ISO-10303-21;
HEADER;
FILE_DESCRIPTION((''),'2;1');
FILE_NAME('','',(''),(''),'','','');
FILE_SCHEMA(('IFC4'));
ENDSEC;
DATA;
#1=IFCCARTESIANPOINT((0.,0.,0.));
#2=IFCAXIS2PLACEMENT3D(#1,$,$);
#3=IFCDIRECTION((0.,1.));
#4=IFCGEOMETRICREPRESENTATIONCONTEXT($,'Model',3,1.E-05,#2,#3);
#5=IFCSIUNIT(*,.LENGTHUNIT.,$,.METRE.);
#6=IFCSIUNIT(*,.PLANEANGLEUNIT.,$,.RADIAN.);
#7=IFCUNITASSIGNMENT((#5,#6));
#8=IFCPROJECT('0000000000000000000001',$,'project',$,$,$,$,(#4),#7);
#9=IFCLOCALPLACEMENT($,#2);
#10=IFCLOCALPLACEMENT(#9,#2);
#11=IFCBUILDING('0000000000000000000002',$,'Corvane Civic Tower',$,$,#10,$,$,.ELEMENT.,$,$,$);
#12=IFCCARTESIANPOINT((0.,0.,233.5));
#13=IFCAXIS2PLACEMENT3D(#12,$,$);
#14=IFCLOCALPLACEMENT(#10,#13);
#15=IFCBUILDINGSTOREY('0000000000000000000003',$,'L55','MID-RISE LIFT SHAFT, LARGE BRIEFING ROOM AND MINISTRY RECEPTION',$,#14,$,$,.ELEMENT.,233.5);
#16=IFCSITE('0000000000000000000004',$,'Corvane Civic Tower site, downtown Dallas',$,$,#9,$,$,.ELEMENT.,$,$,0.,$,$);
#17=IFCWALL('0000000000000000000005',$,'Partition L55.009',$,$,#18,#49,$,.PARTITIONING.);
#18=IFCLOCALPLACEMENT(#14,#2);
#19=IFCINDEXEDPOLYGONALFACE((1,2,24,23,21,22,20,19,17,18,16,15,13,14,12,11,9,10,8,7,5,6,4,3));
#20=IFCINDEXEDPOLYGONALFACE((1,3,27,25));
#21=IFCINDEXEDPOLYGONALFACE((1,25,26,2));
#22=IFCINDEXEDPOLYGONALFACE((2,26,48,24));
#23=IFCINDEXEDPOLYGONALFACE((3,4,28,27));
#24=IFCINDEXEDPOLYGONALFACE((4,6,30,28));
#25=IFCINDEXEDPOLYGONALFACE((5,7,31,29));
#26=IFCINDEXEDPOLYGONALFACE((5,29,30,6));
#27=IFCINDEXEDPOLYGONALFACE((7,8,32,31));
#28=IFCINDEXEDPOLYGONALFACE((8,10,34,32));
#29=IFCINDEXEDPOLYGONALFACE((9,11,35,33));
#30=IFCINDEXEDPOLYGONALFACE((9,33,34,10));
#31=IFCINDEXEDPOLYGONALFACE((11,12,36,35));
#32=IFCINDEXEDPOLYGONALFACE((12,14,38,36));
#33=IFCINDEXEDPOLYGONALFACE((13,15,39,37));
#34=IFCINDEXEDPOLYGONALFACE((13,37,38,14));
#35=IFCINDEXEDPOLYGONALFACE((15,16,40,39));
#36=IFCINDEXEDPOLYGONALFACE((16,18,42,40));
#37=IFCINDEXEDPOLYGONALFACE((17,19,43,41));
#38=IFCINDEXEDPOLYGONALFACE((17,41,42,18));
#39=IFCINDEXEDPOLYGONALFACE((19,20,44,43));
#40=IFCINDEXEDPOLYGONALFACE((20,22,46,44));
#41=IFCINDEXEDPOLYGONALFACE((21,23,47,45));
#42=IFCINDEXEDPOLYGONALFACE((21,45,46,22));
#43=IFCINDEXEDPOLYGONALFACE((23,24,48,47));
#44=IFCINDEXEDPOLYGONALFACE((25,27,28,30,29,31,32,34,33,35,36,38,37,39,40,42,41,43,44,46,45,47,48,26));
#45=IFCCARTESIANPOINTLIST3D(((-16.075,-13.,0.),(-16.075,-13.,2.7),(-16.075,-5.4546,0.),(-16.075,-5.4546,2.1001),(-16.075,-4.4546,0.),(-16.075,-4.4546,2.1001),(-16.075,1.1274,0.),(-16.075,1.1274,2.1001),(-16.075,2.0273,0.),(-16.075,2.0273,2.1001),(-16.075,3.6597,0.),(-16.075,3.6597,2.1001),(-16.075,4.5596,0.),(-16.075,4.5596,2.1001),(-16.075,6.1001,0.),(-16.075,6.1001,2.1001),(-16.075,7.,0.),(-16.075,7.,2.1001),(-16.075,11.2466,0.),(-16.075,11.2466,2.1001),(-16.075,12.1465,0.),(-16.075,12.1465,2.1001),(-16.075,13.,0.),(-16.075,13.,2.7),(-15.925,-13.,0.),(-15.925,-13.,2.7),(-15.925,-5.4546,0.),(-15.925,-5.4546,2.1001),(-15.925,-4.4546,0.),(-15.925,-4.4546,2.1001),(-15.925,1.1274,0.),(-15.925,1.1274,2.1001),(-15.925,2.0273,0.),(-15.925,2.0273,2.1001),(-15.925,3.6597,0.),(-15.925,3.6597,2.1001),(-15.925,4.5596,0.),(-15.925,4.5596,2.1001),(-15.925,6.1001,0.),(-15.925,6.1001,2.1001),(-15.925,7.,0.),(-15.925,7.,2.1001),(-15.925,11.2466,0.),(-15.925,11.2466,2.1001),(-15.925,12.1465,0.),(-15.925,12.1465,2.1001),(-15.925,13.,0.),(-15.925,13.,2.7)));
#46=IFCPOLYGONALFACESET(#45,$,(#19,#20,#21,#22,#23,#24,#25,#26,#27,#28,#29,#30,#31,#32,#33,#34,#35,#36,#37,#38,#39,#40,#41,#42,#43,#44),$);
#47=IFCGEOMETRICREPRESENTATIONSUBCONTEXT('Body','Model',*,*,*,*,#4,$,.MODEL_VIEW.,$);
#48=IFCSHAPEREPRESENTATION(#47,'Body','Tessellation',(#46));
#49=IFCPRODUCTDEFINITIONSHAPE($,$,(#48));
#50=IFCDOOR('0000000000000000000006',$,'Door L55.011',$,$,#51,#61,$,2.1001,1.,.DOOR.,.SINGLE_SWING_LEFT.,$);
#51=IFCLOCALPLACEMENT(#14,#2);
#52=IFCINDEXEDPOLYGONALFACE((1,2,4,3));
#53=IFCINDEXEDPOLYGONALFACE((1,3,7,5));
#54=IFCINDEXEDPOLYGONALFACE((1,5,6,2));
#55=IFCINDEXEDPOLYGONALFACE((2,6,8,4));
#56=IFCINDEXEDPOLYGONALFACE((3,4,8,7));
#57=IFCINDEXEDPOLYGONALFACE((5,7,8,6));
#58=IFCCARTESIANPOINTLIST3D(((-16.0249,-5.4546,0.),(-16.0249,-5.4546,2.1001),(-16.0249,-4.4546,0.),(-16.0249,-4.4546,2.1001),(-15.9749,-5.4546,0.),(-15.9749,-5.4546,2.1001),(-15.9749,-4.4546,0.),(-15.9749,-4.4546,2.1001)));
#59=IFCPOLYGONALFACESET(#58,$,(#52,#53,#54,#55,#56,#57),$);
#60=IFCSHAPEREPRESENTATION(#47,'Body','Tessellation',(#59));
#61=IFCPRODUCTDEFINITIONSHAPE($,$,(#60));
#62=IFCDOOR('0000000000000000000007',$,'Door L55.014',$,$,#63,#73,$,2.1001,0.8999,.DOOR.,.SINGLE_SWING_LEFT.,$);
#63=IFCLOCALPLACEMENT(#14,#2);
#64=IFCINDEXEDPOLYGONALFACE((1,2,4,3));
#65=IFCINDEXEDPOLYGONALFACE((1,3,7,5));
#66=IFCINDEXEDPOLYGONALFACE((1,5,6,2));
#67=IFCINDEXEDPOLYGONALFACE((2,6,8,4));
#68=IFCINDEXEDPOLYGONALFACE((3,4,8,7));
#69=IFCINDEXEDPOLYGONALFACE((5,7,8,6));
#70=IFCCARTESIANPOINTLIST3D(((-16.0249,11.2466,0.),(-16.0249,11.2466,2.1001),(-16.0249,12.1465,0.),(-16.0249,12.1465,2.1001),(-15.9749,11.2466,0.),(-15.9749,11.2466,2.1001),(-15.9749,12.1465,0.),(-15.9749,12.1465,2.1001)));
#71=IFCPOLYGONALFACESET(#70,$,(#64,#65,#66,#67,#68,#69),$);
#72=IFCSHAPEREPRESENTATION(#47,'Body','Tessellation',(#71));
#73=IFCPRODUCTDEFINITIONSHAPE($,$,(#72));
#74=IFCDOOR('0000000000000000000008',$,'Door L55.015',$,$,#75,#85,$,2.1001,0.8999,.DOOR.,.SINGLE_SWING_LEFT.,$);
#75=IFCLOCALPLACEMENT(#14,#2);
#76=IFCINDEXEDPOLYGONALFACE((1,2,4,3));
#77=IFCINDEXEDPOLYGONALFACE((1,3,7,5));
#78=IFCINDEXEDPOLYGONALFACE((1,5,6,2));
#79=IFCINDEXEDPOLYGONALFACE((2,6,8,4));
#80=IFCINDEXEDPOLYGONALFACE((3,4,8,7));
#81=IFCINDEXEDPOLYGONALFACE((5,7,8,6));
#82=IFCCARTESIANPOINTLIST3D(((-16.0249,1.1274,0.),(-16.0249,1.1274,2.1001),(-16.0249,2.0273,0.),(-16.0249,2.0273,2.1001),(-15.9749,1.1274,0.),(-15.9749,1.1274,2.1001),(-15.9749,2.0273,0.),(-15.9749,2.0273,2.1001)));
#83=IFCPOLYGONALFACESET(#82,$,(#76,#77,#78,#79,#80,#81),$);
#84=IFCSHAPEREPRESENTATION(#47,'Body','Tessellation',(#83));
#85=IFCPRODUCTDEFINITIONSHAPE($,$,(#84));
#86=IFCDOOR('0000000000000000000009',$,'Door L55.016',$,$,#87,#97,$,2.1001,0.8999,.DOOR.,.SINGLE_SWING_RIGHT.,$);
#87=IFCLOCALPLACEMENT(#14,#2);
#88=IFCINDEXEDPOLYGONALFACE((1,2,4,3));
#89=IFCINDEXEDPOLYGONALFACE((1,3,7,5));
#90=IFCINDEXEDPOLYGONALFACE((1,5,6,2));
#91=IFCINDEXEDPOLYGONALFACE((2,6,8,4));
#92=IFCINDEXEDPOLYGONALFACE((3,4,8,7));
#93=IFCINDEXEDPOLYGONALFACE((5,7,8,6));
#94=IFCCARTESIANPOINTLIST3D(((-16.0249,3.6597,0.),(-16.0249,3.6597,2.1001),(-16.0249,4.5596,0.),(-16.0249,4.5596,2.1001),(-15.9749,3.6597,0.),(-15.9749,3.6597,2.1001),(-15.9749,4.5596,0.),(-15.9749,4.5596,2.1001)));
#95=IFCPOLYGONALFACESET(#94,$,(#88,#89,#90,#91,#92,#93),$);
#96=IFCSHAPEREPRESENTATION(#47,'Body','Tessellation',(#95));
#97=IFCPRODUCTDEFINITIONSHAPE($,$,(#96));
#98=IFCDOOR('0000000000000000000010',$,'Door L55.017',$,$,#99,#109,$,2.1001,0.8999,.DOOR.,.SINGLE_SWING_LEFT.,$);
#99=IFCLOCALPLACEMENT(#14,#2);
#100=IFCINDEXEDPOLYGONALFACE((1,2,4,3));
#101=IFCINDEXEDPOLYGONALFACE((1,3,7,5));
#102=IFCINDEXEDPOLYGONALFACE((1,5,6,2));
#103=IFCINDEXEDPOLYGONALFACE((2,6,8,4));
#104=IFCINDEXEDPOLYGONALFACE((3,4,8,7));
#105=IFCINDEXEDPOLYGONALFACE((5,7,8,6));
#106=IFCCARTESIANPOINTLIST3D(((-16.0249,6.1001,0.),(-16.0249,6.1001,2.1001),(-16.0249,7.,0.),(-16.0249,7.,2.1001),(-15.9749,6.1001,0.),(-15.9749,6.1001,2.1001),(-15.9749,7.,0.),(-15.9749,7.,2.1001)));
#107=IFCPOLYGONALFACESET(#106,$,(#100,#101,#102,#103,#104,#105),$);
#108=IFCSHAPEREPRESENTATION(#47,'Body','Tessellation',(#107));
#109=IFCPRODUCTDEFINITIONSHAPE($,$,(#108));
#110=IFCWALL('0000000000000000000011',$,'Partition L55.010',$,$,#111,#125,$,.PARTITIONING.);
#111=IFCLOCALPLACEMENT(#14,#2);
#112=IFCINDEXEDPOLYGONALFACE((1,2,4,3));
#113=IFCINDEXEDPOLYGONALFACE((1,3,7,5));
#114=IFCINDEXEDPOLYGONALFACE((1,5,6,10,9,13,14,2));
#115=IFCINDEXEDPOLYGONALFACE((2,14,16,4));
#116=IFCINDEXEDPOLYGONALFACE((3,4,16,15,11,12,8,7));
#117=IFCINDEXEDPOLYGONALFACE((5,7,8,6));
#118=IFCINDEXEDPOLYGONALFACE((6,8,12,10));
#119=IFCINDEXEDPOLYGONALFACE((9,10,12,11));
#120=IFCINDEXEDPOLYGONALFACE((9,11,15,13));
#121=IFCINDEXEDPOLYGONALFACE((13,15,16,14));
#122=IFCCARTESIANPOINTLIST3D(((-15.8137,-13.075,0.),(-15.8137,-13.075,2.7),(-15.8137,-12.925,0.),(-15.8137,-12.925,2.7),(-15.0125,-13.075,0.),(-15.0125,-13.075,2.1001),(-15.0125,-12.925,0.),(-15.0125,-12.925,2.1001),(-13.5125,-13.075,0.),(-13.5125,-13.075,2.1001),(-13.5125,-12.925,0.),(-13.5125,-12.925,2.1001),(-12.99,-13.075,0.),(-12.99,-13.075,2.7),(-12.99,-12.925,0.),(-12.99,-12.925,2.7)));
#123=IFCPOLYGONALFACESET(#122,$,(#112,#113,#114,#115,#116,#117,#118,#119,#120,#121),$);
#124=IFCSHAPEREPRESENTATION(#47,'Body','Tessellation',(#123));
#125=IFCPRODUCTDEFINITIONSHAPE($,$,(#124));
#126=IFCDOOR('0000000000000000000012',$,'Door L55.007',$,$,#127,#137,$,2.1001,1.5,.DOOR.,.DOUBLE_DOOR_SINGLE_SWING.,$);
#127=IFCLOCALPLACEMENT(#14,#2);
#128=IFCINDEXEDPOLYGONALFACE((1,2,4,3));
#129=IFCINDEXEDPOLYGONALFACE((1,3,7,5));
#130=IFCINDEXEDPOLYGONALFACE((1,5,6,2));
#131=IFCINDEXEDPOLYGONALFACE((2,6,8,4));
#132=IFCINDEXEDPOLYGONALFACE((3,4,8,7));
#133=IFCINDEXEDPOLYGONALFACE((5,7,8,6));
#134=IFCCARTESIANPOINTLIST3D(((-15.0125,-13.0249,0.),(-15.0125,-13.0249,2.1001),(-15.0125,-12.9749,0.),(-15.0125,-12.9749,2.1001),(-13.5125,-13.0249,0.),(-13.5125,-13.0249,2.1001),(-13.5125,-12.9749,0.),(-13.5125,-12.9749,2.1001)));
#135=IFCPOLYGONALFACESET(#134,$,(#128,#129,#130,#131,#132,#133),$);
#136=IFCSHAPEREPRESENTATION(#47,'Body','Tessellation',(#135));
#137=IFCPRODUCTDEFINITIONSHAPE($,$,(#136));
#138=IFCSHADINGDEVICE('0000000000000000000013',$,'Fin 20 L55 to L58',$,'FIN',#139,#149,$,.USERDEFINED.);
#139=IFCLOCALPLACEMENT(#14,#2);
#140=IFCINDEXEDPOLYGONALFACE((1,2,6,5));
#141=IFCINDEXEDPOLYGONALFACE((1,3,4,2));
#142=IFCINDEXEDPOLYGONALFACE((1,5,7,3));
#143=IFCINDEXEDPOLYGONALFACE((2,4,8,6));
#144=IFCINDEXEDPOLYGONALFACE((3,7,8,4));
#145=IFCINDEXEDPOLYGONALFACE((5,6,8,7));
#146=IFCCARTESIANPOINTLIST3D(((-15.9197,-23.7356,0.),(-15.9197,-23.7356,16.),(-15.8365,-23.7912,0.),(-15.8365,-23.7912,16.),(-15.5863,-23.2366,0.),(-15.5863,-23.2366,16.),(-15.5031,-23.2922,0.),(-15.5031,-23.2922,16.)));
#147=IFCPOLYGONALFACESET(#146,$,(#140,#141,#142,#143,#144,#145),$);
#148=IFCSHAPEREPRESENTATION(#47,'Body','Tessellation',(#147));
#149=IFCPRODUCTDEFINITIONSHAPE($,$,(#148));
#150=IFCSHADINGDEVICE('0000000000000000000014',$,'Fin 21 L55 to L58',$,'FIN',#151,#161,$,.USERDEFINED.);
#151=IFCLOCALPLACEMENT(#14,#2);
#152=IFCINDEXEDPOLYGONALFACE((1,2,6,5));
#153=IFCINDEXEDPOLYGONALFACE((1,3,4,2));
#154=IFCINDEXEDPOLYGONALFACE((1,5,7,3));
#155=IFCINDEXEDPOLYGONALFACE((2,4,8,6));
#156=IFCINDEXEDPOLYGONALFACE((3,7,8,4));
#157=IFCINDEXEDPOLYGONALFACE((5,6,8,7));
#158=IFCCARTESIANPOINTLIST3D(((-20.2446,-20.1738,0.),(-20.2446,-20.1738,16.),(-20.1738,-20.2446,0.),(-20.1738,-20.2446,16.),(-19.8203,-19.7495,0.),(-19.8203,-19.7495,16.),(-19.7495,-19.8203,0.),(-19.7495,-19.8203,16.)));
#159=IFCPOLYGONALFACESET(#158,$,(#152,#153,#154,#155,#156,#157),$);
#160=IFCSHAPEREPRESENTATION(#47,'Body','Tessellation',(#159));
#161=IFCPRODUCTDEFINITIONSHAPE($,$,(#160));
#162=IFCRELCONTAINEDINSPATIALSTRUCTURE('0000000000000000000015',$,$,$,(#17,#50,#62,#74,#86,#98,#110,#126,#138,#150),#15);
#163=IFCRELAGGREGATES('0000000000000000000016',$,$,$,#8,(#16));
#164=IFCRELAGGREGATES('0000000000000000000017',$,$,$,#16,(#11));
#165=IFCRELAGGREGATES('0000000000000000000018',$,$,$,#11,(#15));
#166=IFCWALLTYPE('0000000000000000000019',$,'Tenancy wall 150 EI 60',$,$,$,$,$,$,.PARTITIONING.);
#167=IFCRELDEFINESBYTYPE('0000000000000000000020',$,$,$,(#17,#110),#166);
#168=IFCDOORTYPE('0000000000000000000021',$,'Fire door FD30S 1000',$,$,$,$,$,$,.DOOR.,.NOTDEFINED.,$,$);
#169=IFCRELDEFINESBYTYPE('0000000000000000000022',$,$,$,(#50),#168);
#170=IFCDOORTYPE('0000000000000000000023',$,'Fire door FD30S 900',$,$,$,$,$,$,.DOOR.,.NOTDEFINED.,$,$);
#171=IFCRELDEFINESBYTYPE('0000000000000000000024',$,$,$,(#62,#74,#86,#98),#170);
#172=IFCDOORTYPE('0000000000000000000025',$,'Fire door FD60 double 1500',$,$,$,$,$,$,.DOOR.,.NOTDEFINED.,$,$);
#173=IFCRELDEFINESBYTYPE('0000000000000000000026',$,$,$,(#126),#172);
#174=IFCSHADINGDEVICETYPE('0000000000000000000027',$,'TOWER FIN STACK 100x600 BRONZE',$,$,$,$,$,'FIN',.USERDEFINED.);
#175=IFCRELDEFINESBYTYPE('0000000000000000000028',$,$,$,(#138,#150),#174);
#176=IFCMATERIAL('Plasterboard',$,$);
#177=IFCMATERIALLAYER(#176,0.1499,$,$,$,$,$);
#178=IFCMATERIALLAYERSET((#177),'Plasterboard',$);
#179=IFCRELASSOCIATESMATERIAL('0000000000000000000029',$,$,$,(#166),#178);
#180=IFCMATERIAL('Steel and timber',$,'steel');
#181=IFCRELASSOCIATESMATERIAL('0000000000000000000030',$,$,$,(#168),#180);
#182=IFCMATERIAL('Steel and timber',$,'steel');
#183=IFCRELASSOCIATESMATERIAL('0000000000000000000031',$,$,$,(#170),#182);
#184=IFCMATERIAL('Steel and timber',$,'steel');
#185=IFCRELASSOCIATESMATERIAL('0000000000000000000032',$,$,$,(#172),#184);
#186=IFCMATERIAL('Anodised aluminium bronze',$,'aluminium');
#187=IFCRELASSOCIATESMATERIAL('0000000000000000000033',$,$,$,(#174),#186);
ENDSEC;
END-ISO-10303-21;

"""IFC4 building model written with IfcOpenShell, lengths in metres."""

from ifc_helpers import new_model, si_unit, direction, frame, frame_2d, origin, origin_2d, place, context, subcontext, project, spatial, rectangle, extrude, material, layer, layer_set, material_profile, profile_set, type_object, element, fill, save


model = new_model("IFC4")

# Units and contexts
model_context = context("Model", 3, precision=1e-05, world=origin(), true_north=direction((0.0, 1.0)))
body_context = subcontext(model_context, "Body", "Model", "MODEL_VIEW")
ifc_project = project(units=[si_unit("LENGTHUNIT", "METRE"), si_unit("PLANEANGLEUNIT", "RADIAN")], contexts=[model_context])

# Site, building, storey
site_placement = place(None, origin())
site = spatial("IfcSite", under=ifc_project, at=site_placement, Name="Corvane Civic Tower site, downtown Dallas", CompositionType="ELEMENT", RefElevation=0.0)
building_placement = place(site_placement, origin())
building = spatial("IfcBuilding", under=site, at=building_placement, Name="Corvane Civic Tower", CompositionType="ELEMENT")
storey_placement = place(building_placement, frame((0.0, 0.0, 233.5)))
storey = spatial("IfcBuildingStorey", under=building, at=storey_placement, Name="L55", Description="MID-RISE LIFT SHAFT, LARGE BRIEFING ROOM AND MINISTRY RECEPTION", CompositionType="ELEMENT", Elevation=233.5)

# Wall, openings, doors
ifc_material_1 = material(Name="Plasterboard")
ifc_layer_1 = layer(ifc_material_1, 0.1499)
ifc_layer_set_1 = layer_set([ifc_layer_1], Name="Plasterboard")
wall_type_1 = type_object("IfcWallType", Name="Tenancy wall 150 EI 60", PredefinedType="PARTITIONING", material=ifc_layer_set_1)
wall_1_placement = place(storey_placement, frame((-16.0, -13.0, 0.0), z_axis=(0.0, 0.0, 1.0), x_axis=(0.0, 1.0, 0.0)))
wall_1 = element("IfcWall", 1, at=wall_1_placement, inside=storey, type_object=wall_type_1, Name="Partition L55.009", PredefinedType="PARTITIONING", context=body_context, shape_type="SweptSolid", body=[
    extrude(rectangle(XDim=26.0, YDim=0.1499, at=frame_2d((13.0, 0.0))), origin(), (0.0, 0.0, 1.0), 2.7),
])
opening_1_placement = place(wall_1_placement, frame((7.5454, 0.0, 0.0)))
opening_1 = element("IfcOpeningElement", 2, at=opening_1_placement, cuts=wall_1, PredefinedType="OPENING", context=body_context, shape_type="SweptSolid", body=[
    extrude(rectangle(XDim=1.0, YDim=2.1001, at=frame_2d((0.5, 1.05))), frame((0.0, 0.085, 0.0), z_axis=(0.0, -1.0, 0.0), x_axis=(1.0, 0.0, 0.0)), (0.0, 0.0, 1.0), 0.1699),
])
opening_2_placement = place(wall_1_placement, frame((24.2466, 0.0, 0.0)))
opening_2 = element("IfcOpeningElement", 3, at=opening_2_placement, cuts=wall_1, PredefinedType="OPENING", context=body_context, shape_type="SweptSolid", body=[
    extrude(rectangle(XDim=0.8999, YDim=2.1001, at=frame_2d((0.45, 1.05))), frame((0.0, 0.085, 0.0), z_axis=(0.0, -1.0, 0.0), x_axis=(1.0, 0.0, 0.0)), (0.0, 0.0, 1.0), 0.1699),
])
opening_3_placement = place(wall_1_placement, frame((14.1274, 0.0, 0.0)))
opening_3 = element("IfcOpeningElement", 4, at=opening_3_placement, cuts=wall_1, PredefinedType="OPENING", context=body_context, shape_type="SweptSolid", body=[
    extrude(rectangle(XDim=0.8999, YDim=2.1001, at=frame_2d((0.45, 1.05))), frame((0.0, 0.085, 0.0), z_axis=(0.0, -1.0, 0.0), x_axis=(1.0, 0.0, 0.0)), (0.0, 0.0, 1.0), 0.1699),
])
opening_4_placement = place(wall_1_placement, frame((16.6597, 0.0, 0.0)))
opening_4 = element("IfcOpeningElement", 5, at=opening_4_placement, cuts=wall_1, PredefinedType="OPENING", context=body_context, shape_type="SweptSolid", body=[
    extrude(rectangle(XDim=0.8999, YDim=2.1001, at=frame_2d((0.45, 1.05))), frame((0.0, 0.085, 0.0), z_axis=(0.0, -1.0, 0.0), x_axis=(1.0, 0.0, 0.0)), (0.0, 0.0, 1.0), 0.1699),
])
opening_5_placement = place(wall_1_placement, frame((19.1001, 0.0, 0.0)))
opening_5 = element("IfcOpeningElement", 6, at=opening_5_placement, cuts=wall_1, PredefinedType="OPENING", context=body_context, shape_type="SweptSolid", body=[
    extrude(rectangle(XDim=0.8999, YDim=2.1001, at=frame_2d((0.45, 1.05))), frame((0.0, 0.085, 0.0), z_axis=(0.0, -1.0, 0.0), x_axis=(1.0, 0.0, 0.0)), (0.0, 0.0, 1.0), 0.1699),
])
ifc_material_2 = material(Name="Steel and timber", Category="steel")
door_type_1 = type_object("IfcDoorType", Name="Fire door FD30S 1000", OperationType="NOTDEFINED", PredefinedType="DOOR", material=ifc_material_2)
door_1_placement = place(opening_1_placement, origin())
door_1 = element("IfcDoor", 7, at=door_1_placement, inside=storey, type_object=door_type_1, Name="Door L55.011", OperationType="SINGLE_SWING_LEFT", OverallHeight=2.1001, OverallWidth=1.0, PredefinedType="DOOR", context=body_context, shape_type="SweptSolid", body=[
    extrude(rectangle(XDim=1.0, YDim=2.1001, at=frame_2d((0.5, 1.05))), frame((0.0, 0.0249, 0.0), z_axis=(0.0, -1.0, 0.0), x_axis=(1.0, 0.0, 0.0)), (0.0, 0.0, 1.0), 0.05),
])
fill(opening_1, door_1)
ifc_material_3 = material(Name="Steel and timber", Category="steel")
door_type_2 = type_object("IfcDoorType", Name="Fire door FD30S 900", OperationType="NOTDEFINED", PredefinedType="DOOR", material=ifc_material_3)
door_2_placement = place(opening_2_placement, origin())
door_2 = element("IfcDoor", 8, at=door_2_placement, inside=storey, type_object=door_type_2, Name="Door L55.014", OperationType="SINGLE_SWING_LEFT", OverallHeight=2.1001, OverallWidth=0.8999, PredefinedType="DOOR", context=body_context, shape_type="SweptSolid", body=[
    extrude(rectangle(XDim=0.8999, YDim=2.1001, at=frame_2d((0.45, 1.05))), frame((0.0, 0.0249, 0.0), z_axis=(0.0, -1.0, 0.0), x_axis=(1.0, 0.0, 0.0)), (0.0, 0.0, 1.0), 0.05),
])
fill(opening_2, door_2)
door_3_placement = place(opening_3_placement, origin())
door_3 = element("IfcDoor", 9, at=door_3_placement, inside=storey, type_object=door_type_2, Name="Door L55.015", OperationType="SINGLE_SWING_LEFT", OverallHeight=2.1001, OverallWidth=0.8999, PredefinedType="DOOR", context=body_context, shape_type="SweptSolid", body=[
    extrude(rectangle(XDim=0.8999, YDim=2.1001, at=frame_2d((0.45, 1.05))), frame((0.0, 0.0249, 0.0), z_axis=(0.0, -1.0, 0.0), x_axis=(1.0, 0.0, 0.0)), (0.0, 0.0, 1.0), 0.05),
])
fill(opening_3, door_3)
door_4_placement = place(opening_4_placement, origin())
door_4 = element("IfcDoor", 10, at=door_4_placement, inside=storey, type_object=door_type_2, Name="Door L55.016", OperationType="SINGLE_SWING_RIGHT", OverallHeight=2.1001, OverallWidth=0.8999, PredefinedType="DOOR", context=body_context, shape_type="SweptSolid", body=[
    extrude(rectangle(XDim=0.8999, YDim=2.1001, at=frame_2d((0.45, 1.05))), frame((0.0, 0.0249, 0.0), z_axis=(0.0, -1.0, 0.0), x_axis=(1.0, 0.0, 0.0)), (0.0, 0.0, 1.0), 0.05),
])
fill(opening_4, door_4)
door_5_placement = place(opening_5_placement, origin())
door_5 = element("IfcDoor", 11, at=door_5_placement, inside=storey, type_object=door_type_2, Name="Door L55.017", OperationType="SINGLE_SWING_LEFT", OverallHeight=2.1001, OverallWidth=0.8999, PredefinedType="DOOR", context=body_context, shape_type="SweptSolid", body=[
    extrude(rectangle(XDim=0.8999, YDim=2.1001, at=frame_2d((0.45, 1.05))), frame((0.0, 0.0249, 0.0), z_axis=(0.0, -1.0, 0.0), x_axis=(1.0, 0.0, 0.0)), (0.0, 0.0, 1.0), 0.05),
])
fill(opening_5, door_5)

# Wall, opening, door
wall_2_placement = place(storey_placement, frame((-15.8137, -13.0, 0.0), z_axis=(0.0, 0.0, 1.0), x_axis=(1.0, 0.0, 0.0)))
wall_2 = element("IfcWall", 12, at=wall_2_placement, inside=storey, type_object=wall_type_1, Name="Partition L55.010", PredefinedType="PARTITIONING", context=body_context, shape_type="SweptSolid", body=[
    extrude(rectangle(XDim=2.8237, YDim=0.1499, at=frame_2d((1.4119, 0.0))), origin(), (0.0, 0.0, 1.0), 2.7),
])
opening_6_placement = place(wall_2_placement, frame((0.8013, 0.0, 0.0)))
opening_6 = element("IfcOpeningElement", 13, at=opening_6_placement, cuts=wall_2, PredefinedType="OPENING", context=body_context, shape_type="SweptSolid", body=[
    extrude(rectangle(XDim=1.5, YDim=2.1001, at=frame_2d((0.75, 1.05))), frame((0.0, 0.085, 0.0), z_axis=(0.0, -1.0, 0.0), x_axis=(1.0, 0.0, 0.0)), (0.0, 0.0, 1.0), 0.1699),
])
ifc_material_4 = material(Name="Steel and timber", Category="steel")
door_type_3 = type_object("IfcDoorType", Name="Fire door FD60 double 1500", OperationType="NOTDEFINED", PredefinedType="DOOR", material=ifc_material_4)
door_6_placement = place(opening_6_placement, frame((1.5, 0.0, 0.0), z_axis=(0.0, 0.0, 1.0), x_axis=(-1.0, 0.0, 0.0)))
door_6 = element("IfcDoor", 14, at=door_6_placement, inside=storey, type_object=door_type_3, Name="Door L55.007", OperationType="DOUBLE_DOOR_SINGLE_SWING", OverallHeight=2.1001, OverallWidth=1.5, PredefinedType="DOOR", context=body_context, shape_type="SweptSolid", body=[
    extrude(rectangle(XDim=1.5, YDim=2.1001, at=frame_2d((0.75, 1.05))), frame((0.0, 0.0249, 0.0), z_axis=(0.0, -1.0, 0.0), x_axis=(1.0, 0.0, 0.0)), (0.0, 0.0, 1.0), 0.05),
])
fill(opening_6, door_6)

# Shading devices
ifc_material_5 = material(Name="Anodised aluminium bronze", Category="aluminium")
ifc_material_profile_1 = material_profile(ifc_material_5, rectangle(XDim=0.1001, YDim=0.6001, at=origin_2d()), Name="TOWER FIN STACK 100x600 BRONZE")
ifc_profile_set_1 = profile_set([ifc_material_profile_1], Name="Anodised aluminium bronze")
shading_device_type = type_object("IfcShadingDeviceType", Name="TOWER FIN STACK 100x600 BRONZE", ElementType="FIN", PredefinedType="USERDEFINED", material=ifc_profile_set_1)
for number, where, z_axis, x_axis, name in (
    (15, (-15.7114, -23.5139, 0.0), (0.0, 0.0, 1.0), (-0.83147, 0.55557, 0.0), "Fin 20 L55 to L58"),
    (16, (-19.9971, -19.9971, 0.0), (0.0, 0.0, 1.0), (-0.707107, 0.707107, 0.0), "Fin 21 L55 to L58"),
):
    element("IfcShadingDevice", number, at=place(storey_placement, frame(where, z_axis=z_axis, x_axis=x_axis)), inside=storey, type_object=shading_device_type, Name=name, ObjectType="FIN", PredefinedType="USERDEFINED", context=body_context, shape_type="SweptSolid", body=[
        extrude(rectangle(XDim=0.1001, YDim=0.6001, at=origin_2d()), origin(), (0.0, 0.0, 1.0), 16.0),
    ])

save(model, "model.ifc")
